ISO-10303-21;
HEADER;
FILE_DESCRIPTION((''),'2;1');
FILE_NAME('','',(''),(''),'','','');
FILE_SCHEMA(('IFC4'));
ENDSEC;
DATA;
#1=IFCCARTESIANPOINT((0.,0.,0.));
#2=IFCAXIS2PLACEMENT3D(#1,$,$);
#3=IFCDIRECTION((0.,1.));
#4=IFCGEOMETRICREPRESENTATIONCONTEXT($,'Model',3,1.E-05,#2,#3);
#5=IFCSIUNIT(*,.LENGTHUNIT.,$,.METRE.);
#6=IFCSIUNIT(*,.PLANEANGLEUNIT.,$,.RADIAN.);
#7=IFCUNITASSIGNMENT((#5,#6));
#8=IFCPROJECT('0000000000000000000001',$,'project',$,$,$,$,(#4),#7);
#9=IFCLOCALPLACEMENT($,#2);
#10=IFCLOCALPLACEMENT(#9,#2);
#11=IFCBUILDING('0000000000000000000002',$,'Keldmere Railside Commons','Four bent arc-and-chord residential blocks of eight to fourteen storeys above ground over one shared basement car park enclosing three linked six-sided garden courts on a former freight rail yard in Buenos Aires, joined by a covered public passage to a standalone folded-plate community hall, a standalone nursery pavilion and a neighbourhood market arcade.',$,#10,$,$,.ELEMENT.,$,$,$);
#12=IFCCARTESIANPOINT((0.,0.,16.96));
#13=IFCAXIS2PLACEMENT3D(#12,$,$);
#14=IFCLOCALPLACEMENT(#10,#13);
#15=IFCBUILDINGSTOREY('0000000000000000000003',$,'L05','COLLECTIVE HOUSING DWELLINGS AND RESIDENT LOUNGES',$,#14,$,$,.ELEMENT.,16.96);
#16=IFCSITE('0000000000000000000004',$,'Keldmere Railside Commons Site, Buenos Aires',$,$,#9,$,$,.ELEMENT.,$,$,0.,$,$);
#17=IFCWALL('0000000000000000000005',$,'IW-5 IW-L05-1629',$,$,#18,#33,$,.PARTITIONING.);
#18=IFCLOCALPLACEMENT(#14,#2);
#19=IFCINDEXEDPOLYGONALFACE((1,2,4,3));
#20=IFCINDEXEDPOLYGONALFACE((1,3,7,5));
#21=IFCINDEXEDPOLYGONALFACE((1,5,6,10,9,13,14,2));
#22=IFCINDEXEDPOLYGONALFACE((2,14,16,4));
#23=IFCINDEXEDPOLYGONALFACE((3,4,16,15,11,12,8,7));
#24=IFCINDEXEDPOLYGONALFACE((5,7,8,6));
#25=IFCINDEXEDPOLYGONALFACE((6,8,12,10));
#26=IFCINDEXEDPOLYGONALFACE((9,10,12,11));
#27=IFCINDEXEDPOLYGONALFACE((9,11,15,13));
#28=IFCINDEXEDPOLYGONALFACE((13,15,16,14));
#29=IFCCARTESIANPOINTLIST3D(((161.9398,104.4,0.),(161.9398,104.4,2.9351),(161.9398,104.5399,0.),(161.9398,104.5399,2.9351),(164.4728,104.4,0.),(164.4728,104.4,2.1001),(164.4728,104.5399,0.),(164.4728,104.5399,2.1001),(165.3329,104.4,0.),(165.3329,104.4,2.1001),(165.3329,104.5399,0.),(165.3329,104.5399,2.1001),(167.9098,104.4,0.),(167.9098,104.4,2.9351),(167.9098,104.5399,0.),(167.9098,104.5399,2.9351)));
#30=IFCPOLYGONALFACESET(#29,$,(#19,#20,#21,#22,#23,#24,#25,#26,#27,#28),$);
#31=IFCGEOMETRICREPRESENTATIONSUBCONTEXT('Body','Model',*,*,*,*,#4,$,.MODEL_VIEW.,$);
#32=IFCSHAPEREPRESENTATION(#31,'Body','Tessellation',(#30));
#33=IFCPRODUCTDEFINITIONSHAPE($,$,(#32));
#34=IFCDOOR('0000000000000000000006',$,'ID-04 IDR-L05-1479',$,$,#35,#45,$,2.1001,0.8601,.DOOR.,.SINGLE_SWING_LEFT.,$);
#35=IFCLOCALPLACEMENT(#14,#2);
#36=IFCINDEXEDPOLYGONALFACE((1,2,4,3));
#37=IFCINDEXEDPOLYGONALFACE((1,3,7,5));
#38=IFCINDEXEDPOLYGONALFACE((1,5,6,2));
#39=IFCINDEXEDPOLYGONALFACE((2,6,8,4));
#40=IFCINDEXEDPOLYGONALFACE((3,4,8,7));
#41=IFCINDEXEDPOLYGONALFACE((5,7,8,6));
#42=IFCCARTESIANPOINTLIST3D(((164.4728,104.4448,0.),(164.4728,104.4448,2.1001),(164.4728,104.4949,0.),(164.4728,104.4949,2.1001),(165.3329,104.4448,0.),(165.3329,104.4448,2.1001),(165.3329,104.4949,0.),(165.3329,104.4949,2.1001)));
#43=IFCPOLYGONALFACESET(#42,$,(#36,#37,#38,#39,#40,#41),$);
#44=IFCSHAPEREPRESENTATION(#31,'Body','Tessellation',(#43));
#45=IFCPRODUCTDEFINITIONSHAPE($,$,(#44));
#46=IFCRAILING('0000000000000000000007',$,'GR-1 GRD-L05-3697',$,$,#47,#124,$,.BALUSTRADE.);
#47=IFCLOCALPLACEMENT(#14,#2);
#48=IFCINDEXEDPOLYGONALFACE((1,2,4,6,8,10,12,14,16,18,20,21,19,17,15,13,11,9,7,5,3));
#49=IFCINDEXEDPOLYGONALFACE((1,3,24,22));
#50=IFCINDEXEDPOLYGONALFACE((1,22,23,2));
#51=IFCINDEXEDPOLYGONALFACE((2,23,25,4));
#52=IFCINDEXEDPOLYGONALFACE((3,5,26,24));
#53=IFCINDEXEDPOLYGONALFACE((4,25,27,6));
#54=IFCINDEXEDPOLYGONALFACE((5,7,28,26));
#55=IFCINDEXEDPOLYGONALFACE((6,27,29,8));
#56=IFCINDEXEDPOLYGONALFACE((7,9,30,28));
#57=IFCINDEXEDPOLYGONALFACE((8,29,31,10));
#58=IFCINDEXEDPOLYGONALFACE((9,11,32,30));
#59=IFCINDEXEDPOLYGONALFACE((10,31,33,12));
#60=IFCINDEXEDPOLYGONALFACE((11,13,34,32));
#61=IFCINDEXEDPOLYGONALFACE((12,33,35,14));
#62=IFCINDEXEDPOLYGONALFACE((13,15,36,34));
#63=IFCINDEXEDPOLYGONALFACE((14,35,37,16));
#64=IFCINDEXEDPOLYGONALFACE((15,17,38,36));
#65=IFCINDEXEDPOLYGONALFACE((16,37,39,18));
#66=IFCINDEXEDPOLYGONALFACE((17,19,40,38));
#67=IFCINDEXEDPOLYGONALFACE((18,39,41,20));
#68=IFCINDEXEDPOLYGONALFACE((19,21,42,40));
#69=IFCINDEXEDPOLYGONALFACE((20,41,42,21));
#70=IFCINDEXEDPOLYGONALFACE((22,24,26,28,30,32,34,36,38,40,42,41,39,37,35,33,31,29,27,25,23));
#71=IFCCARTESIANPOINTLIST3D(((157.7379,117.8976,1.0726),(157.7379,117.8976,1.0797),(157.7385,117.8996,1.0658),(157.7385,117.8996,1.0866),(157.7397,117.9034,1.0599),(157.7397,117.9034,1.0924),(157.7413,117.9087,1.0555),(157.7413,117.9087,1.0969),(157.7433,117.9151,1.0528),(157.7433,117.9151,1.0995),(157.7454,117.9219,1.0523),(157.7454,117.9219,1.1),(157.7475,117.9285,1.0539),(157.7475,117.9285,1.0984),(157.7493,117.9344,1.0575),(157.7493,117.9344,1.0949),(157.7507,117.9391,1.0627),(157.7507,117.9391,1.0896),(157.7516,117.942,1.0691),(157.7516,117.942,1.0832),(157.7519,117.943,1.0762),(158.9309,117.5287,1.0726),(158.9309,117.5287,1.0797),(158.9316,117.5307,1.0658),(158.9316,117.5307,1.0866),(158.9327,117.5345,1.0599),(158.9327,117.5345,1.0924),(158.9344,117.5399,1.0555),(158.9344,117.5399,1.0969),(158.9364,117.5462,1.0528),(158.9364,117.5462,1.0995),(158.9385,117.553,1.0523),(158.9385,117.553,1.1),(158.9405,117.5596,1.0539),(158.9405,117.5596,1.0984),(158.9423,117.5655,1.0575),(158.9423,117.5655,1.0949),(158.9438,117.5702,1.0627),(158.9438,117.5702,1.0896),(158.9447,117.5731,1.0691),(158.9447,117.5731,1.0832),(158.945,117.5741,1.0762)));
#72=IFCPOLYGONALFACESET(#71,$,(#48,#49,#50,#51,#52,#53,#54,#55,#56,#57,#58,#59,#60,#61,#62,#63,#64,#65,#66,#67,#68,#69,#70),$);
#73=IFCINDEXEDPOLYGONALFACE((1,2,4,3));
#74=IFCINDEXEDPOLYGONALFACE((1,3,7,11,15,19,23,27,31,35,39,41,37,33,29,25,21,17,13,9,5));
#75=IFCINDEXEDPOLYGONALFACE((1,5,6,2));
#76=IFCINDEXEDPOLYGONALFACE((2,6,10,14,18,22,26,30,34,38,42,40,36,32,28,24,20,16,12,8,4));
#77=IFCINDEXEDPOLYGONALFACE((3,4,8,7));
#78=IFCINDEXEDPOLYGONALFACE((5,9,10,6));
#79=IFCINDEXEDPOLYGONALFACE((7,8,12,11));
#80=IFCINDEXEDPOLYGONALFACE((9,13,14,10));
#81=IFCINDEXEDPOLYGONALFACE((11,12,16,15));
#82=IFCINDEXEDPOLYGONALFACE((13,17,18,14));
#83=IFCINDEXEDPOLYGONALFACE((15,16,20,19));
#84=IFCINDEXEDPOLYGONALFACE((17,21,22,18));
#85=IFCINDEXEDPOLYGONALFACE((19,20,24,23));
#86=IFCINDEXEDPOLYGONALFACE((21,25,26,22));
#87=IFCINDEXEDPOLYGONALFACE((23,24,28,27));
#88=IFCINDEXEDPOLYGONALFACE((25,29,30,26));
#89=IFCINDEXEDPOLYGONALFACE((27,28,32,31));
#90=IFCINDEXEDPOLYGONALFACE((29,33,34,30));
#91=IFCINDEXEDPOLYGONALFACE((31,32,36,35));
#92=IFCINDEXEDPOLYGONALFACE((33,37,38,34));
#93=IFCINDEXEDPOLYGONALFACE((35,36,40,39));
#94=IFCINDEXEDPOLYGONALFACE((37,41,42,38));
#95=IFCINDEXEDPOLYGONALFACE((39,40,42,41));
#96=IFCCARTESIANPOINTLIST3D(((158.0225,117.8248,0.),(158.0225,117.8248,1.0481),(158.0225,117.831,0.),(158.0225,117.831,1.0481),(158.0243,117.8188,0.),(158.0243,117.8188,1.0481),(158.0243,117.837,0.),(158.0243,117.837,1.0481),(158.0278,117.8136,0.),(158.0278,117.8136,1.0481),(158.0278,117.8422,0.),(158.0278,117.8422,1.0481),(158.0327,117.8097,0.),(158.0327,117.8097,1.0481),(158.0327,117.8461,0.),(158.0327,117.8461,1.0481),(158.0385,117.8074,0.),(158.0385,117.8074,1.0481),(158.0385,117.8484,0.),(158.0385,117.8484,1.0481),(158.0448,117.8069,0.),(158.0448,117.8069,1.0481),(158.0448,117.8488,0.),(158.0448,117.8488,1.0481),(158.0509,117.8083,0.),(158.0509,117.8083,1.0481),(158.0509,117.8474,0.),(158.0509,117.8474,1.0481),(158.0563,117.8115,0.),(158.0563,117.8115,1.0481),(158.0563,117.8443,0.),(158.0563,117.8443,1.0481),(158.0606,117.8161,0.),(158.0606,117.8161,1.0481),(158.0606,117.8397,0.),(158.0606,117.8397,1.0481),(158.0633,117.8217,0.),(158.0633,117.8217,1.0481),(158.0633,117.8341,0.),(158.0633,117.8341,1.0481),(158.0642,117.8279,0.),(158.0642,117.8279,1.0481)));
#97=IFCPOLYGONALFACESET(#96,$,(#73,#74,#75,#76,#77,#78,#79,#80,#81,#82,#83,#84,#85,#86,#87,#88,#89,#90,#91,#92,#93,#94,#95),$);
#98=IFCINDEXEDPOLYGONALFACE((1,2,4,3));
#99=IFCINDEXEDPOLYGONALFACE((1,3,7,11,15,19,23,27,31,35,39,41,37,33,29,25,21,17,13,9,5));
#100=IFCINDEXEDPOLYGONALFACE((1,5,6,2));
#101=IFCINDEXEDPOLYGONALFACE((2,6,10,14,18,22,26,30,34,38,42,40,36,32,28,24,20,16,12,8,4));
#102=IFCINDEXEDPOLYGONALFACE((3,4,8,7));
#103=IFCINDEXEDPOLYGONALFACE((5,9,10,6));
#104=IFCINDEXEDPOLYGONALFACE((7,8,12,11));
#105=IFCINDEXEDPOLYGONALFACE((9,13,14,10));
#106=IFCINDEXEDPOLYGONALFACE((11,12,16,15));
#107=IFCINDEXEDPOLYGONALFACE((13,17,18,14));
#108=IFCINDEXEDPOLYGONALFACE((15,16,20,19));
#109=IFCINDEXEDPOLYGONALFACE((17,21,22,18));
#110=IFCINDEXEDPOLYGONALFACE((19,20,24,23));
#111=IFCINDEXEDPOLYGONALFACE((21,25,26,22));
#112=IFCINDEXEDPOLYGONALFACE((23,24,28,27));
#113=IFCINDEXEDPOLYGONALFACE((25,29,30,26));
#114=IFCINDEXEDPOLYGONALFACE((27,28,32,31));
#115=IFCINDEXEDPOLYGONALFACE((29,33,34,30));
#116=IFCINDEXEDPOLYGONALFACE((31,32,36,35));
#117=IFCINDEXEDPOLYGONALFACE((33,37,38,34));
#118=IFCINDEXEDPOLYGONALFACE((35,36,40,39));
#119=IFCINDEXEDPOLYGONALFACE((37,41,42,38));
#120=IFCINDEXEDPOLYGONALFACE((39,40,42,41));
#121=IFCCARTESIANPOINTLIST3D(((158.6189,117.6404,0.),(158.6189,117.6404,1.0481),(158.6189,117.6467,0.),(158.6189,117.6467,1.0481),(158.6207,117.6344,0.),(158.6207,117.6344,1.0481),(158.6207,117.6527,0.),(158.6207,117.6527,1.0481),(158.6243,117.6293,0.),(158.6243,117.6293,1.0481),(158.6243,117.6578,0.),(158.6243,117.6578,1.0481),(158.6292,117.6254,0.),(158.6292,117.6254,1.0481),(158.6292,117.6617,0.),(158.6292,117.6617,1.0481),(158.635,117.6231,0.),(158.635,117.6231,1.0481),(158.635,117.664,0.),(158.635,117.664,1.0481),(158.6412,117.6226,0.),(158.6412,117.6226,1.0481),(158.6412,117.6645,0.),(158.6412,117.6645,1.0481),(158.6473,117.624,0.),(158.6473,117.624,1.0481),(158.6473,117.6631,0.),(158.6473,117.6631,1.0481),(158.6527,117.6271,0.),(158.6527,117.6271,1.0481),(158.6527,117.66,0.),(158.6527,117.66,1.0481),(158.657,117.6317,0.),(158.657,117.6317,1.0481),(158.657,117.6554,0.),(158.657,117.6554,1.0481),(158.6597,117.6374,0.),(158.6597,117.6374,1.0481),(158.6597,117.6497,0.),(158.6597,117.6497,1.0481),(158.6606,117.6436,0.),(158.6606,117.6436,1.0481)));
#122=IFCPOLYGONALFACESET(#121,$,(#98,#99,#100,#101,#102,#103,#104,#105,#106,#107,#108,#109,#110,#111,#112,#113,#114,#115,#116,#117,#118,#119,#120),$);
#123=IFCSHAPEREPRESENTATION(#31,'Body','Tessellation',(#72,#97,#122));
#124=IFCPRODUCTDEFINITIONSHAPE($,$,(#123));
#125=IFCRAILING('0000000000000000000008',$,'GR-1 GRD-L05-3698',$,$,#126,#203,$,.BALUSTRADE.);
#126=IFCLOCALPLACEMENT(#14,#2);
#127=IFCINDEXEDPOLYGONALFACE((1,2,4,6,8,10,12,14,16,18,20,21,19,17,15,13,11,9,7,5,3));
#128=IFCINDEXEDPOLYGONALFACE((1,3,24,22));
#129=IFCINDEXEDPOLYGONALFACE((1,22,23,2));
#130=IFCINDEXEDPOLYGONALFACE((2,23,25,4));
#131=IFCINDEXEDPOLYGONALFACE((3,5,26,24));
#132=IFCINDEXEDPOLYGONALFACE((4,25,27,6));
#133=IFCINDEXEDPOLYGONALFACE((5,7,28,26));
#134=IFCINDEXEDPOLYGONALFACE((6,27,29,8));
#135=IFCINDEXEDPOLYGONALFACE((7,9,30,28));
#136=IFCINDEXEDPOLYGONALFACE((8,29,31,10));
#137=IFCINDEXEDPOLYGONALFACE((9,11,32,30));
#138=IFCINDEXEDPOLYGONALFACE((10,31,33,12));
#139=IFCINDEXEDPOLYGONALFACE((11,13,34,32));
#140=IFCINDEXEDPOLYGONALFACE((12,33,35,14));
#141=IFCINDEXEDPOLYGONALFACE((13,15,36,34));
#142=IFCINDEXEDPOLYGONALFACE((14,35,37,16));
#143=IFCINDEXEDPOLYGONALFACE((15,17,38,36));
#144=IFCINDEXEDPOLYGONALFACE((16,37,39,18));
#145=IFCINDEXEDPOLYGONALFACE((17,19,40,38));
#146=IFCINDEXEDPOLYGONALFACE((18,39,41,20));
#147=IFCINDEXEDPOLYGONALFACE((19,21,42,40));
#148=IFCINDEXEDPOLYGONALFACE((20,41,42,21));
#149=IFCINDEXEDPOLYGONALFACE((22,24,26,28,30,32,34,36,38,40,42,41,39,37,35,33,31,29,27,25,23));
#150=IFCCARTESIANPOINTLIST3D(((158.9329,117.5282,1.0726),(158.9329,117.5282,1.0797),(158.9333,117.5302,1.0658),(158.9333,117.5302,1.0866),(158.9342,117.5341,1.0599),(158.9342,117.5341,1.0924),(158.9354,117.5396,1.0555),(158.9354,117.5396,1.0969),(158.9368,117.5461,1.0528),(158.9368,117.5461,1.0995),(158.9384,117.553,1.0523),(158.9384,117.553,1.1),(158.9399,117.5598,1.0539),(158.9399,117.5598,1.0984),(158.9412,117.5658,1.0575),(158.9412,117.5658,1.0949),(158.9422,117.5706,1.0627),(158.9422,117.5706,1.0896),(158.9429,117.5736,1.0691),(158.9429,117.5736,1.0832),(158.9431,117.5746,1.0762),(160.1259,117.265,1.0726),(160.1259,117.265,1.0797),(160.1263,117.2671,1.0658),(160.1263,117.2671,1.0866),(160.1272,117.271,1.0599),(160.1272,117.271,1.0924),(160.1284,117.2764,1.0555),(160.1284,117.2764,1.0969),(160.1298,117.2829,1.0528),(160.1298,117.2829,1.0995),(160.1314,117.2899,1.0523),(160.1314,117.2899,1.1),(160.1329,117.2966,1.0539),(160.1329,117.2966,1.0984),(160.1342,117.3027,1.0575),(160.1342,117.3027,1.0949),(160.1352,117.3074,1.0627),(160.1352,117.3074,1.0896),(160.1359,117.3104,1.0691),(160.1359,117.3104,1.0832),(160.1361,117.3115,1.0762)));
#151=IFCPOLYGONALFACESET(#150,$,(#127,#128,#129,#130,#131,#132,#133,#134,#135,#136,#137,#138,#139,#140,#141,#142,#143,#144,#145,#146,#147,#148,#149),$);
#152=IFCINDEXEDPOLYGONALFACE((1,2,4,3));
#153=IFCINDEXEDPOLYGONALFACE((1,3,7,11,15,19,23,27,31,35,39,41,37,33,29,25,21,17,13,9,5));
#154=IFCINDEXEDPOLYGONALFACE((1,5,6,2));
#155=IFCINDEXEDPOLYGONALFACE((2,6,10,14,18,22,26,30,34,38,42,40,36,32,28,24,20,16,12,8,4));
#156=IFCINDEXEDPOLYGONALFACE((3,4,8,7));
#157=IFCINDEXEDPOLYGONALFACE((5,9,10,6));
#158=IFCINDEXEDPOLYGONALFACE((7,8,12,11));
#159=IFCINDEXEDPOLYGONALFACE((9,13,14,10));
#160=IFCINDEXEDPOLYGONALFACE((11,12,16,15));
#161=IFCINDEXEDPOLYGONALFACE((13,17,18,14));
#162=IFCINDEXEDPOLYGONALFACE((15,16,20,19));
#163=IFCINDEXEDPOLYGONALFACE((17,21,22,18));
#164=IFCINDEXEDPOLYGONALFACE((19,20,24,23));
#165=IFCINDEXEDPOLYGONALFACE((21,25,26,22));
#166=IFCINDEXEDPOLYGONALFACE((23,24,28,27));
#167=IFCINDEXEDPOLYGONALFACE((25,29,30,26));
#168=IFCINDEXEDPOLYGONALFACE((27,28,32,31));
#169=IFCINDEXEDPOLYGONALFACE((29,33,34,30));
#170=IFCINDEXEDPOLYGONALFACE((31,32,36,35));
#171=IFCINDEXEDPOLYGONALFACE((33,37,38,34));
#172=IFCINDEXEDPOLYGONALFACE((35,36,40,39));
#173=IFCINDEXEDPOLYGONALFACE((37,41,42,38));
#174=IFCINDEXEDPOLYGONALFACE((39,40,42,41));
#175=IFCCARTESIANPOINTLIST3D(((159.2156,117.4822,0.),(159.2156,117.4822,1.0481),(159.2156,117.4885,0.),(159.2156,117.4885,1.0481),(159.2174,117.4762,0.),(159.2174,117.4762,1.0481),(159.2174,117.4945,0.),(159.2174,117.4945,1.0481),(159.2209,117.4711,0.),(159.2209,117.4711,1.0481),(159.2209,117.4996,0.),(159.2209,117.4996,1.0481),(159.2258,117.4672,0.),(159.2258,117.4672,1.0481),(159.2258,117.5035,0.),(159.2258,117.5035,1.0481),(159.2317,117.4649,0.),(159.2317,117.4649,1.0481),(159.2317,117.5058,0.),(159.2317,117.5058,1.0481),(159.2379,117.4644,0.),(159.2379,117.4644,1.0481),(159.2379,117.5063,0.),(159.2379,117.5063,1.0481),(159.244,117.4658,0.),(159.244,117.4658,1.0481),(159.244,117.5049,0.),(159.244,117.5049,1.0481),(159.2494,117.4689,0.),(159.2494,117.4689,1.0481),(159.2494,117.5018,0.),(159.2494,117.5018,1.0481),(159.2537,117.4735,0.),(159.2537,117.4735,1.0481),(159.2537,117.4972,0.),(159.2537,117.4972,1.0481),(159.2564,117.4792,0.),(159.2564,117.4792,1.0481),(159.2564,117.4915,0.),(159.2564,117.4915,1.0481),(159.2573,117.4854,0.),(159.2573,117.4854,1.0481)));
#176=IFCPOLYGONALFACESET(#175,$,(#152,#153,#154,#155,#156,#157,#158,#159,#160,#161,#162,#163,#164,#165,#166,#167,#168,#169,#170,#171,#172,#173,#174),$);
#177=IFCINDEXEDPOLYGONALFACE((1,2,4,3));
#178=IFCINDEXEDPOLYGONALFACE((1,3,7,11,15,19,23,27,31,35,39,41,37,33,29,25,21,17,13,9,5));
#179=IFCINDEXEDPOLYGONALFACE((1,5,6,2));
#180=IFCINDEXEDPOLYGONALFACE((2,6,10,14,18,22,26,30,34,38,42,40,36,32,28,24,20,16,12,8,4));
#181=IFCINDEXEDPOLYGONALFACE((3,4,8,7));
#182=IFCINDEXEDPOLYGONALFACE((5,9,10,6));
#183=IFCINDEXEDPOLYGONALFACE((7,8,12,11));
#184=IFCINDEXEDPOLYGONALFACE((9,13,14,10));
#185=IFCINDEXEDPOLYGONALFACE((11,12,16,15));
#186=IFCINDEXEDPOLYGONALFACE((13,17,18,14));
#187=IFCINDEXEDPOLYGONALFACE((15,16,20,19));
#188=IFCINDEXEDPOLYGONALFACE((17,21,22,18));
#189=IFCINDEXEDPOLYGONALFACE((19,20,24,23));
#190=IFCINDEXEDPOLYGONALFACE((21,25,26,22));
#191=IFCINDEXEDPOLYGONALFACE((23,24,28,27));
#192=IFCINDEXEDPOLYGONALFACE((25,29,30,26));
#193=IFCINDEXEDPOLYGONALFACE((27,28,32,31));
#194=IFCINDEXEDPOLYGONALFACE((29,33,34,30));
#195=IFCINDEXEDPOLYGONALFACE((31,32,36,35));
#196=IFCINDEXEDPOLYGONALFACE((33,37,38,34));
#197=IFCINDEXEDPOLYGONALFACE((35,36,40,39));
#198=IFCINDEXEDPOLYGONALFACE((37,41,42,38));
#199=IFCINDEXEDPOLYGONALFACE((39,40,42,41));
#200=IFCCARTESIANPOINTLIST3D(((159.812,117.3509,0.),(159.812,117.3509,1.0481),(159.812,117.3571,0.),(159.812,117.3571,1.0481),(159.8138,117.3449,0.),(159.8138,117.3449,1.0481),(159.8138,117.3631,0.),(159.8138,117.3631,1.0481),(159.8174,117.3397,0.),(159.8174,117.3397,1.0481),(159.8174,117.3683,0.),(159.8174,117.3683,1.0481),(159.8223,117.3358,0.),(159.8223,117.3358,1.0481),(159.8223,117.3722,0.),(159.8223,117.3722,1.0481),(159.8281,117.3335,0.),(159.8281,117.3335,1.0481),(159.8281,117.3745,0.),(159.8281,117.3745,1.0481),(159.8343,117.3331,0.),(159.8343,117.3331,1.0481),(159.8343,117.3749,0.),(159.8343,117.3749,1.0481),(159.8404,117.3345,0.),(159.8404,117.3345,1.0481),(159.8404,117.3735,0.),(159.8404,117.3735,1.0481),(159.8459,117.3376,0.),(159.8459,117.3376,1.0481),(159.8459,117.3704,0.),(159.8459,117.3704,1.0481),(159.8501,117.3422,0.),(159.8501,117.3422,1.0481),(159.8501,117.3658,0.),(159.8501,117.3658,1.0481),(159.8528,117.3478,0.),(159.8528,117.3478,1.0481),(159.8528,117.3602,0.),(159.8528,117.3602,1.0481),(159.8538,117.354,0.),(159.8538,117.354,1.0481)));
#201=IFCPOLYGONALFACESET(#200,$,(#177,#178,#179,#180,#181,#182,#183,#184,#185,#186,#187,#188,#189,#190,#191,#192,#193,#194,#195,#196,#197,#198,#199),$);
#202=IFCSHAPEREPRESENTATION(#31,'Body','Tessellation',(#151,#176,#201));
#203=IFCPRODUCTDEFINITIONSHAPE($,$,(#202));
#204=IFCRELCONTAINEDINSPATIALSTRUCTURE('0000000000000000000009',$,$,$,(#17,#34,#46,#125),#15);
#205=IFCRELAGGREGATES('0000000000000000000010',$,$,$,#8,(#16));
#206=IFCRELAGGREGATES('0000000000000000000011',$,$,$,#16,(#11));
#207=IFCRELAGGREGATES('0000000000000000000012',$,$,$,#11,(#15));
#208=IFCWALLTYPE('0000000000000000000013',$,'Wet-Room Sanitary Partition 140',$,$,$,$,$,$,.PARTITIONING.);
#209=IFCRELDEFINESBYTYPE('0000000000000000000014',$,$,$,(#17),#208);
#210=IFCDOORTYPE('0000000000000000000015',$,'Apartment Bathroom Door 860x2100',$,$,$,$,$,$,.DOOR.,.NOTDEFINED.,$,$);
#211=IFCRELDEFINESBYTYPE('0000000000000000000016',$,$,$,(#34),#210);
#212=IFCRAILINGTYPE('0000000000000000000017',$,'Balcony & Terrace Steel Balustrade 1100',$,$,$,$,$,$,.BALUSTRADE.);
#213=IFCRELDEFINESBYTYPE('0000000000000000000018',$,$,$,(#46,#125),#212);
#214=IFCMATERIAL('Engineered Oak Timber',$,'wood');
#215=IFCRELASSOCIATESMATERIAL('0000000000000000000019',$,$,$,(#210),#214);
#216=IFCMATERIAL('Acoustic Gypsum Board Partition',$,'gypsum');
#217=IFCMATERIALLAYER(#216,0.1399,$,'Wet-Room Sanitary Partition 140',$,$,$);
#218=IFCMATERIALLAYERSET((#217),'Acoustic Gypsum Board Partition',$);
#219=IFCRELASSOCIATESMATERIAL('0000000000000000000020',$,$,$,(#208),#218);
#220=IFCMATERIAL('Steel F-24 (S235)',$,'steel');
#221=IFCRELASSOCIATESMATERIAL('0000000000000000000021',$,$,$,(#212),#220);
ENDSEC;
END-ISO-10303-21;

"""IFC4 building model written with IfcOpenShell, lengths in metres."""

from ifc_helpers import new_model, si_unit, direction, frame, frame_2d, origin, origin_2d, place, context, subcontext, project, spatial, rectangle, circle, extrude, material, layer, layer_set, type_object, element, fill, save


model = new_model("IFC4")

# Units and contexts
model_context = context("Model", 3, precision=1e-05, world=origin(), true_north=direction((0.0, 1.0)))
body_context = subcontext(model_context, "Body", "Model", "MODEL_VIEW")
ifc_project = project(units=[si_unit("LENGTHUNIT", "METRE"), si_unit("PLANEANGLEUNIT", "RADIAN")], contexts=[model_context])

# Site, building, storey
site_placement = place(None, origin())
site = spatial("IfcSite", under=ifc_project, at=site_placement, Name="Keldmere Railside Commons Site, Buenos Aires", CompositionType="ELEMENT", RefElevation=0.0)
building_placement = place(site_placement, origin())
building = spatial("IfcBuilding", under=site, at=building_placement, Name="Keldmere Railside Commons", Description="Four bent arc-and-chord residential blocks of eight to fourteen storeys above ground over one shared basement car park enclosing three linked six-sided garden courts on a former freight rail yard in Buenos Aires, joined by a covered public passage to a standalone folded-plate community hall, a standalone nursery pavilion and a neighbourhood market arcade.", CompositionType="ELEMENT")
storey_placement = place(building_placement, frame((0.0, 0.0, 16.96)))
storey = spatial("IfcBuildingStorey", under=building, at=storey_placement, Name="L05", Description="COLLECTIVE HOUSING DWELLINGS AND RESIDENT LOUNGES", CompositionType="ELEMENT", Elevation=16.96)

# Shared definitions
ifc_material_1 = material(Name="Acoustic Gypsum Board Partition", Category="gypsum")

# Shared definitions
ifc_material_2 = material(Name="Engineered Oak Timber", Category="wood")

# Shared definitions
door_type_1 = type_object("IfcDoorType", Name="Apartment Bathroom Door 860x2100", OperationType="NOTDEFINED", PredefinedType="DOOR", material=ifc_material_2)

# Wall, opening, door
ifc_layer_1 = layer(ifc_material_1, 0.1399, Name="Wet-Room Sanitary Partition 140")
ifc_layer_set_1 = layer_set([ifc_layer_1], Name="Acoustic Gypsum Board Partition")
wall_type_1 = type_object("IfcWallType", Name="Wet-Room Sanitary Partition 140", PredefinedType="PARTITIONING", material=ifc_layer_set_1)
wall_1_placement = place(storey_placement, frame((161.9399, 104.47, 0.0), z_axis=(0.0, 0.0, 1.0), x_axis=(1.0, 0.0, 0.0)))
wall_1 = element("IfcWall", 1, at=wall_1_placement, inside=storey, type_object=wall_type_1, Name="IW-5 IW-L05-1629", PredefinedType="PARTITIONING", context=body_context, shape_type="SweptSolid", body=[
    extrude(rectangle(XDim=5.97, YDim=0.1399, at=frame_2d((2.9849, 0.0))), origin(), (0.0, 0.0, 1.0), 2.9351),
])
opening_1_placement = place(wall_1_placement, frame((2.5327, 0.0, 0.0)))
opening_1 = element("IfcOpeningElement", 2, at=opening_1_placement, cuts=wall_1, PredefinedType="OPENING", context=body_context, shape_type="SweptSolid", body=[
    extrude(rectangle(XDim=0.8601, YDim=2.1001, at=frame_2d((0.4302, 1.05))), frame((0.0, 0.0798, 0.0), z_axis=(0.0, -1.0, 0.0), x_axis=(1.0, 0.0, 0.0)), (0.0, 0.0, 1.0), 0.1599),
])
door_1_placement = place(opening_1_placement, origin())
door_1 = element("IfcDoor", 3, at=door_1_placement, inside=storey, type_object=door_type_1, Name="ID-04 IDR-L05-1479", OperationType="SINGLE_SWING_LEFT", OverallHeight=2.1001, OverallWidth=0.8601, PredefinedType="DOOR", context=body_context, shape_type="SweptSolid", body=[
    extrude(rectangle(XDim=0.8601, YDim=2.1001, at=frame_2d((0.4302, 1.05))), frame((0.0, 0.0249, 0.0), z_axis=(0.0, -1.0, 0.0), x_axis=(1.0, 0.0, 0.0)), (0.0, 0.0, 1.0), 0.05),
])
fill(opening_1, door_1)

# Railings
ifc_material_3 = material(Name="Steel F-24 (S235)", Category="steel")
railing_type = type_object("IfcRailingType", Name="Balcony & Terrace Steel Balustrade 1100", PredefinedType="BALUSTRADE", material=ifc_material_3)
railing_1_placement = place(storey_placement, frame((157.7449, 117.9202, 0.0)))
element("IfcRailing", 4, at=railing_1_placement, inside=storey, type_object=railing_type, Name="GR-1 GRD-L05-3697", PredefinedType="BALUSTRADE", context=body_context, shape_type="SweptSolid", body=[
    extrude(circle(Radius=0.0239, at=origin_2d()), frame((0.0, 0.0, 1.0762), z_axis=(0.955377, -0.295391, 0.0), x_axis=(0.295391, 0.955377, 0.0)), (0.0, 0.0, 1.0), 1.2488),
    extrude(circle(Radius=0.021, at=origin_2d()), frame((0.2983, -0.0923, 0.0)), (0.0, 0.0, 1.0), 1.0481),
    extrude(circle(Radius=0.021, at=origin_2d()), frame((0.8948, -0.2766, 0.0)), (0.0, 0.0, 1.0), 1.0481),
])
railing_2_placement = place(storey_placement, frame((158.938, 117.5513, 0.0)))
element("IfcRailing", 5, at=railing_2_placement, inside=storey, type_object=railing_type, Name="GR-1 GRD-L05-3698", PredefinedType="BALUSTRADE", context=body_context, shape_type="SweptSolid", body=[
    extrude(circle(Radius=0.0239, at=origin_2d()), frame((0.0, 0.0, 1.0762), z_axis=(0.976524, -0.215407, 0.0), x_axis=(0.215407, 0.976524, 0.0)), (0.0, 0.0, 1.0), 1.2217),
    extrude(circle(Radius=0.021, at=origin_2d()), frame((0.2983, -0.0659, 0.0)), (0.0, 0.0, 1.0), 1.0481),
    extrude(circle(Radius=0.021, at=origin_2d()), frame((0.8948, -0.1973, 0.0)), (0.0, 0.0, 1.0), 1.0481),
])

save(model, "model.ifc")
